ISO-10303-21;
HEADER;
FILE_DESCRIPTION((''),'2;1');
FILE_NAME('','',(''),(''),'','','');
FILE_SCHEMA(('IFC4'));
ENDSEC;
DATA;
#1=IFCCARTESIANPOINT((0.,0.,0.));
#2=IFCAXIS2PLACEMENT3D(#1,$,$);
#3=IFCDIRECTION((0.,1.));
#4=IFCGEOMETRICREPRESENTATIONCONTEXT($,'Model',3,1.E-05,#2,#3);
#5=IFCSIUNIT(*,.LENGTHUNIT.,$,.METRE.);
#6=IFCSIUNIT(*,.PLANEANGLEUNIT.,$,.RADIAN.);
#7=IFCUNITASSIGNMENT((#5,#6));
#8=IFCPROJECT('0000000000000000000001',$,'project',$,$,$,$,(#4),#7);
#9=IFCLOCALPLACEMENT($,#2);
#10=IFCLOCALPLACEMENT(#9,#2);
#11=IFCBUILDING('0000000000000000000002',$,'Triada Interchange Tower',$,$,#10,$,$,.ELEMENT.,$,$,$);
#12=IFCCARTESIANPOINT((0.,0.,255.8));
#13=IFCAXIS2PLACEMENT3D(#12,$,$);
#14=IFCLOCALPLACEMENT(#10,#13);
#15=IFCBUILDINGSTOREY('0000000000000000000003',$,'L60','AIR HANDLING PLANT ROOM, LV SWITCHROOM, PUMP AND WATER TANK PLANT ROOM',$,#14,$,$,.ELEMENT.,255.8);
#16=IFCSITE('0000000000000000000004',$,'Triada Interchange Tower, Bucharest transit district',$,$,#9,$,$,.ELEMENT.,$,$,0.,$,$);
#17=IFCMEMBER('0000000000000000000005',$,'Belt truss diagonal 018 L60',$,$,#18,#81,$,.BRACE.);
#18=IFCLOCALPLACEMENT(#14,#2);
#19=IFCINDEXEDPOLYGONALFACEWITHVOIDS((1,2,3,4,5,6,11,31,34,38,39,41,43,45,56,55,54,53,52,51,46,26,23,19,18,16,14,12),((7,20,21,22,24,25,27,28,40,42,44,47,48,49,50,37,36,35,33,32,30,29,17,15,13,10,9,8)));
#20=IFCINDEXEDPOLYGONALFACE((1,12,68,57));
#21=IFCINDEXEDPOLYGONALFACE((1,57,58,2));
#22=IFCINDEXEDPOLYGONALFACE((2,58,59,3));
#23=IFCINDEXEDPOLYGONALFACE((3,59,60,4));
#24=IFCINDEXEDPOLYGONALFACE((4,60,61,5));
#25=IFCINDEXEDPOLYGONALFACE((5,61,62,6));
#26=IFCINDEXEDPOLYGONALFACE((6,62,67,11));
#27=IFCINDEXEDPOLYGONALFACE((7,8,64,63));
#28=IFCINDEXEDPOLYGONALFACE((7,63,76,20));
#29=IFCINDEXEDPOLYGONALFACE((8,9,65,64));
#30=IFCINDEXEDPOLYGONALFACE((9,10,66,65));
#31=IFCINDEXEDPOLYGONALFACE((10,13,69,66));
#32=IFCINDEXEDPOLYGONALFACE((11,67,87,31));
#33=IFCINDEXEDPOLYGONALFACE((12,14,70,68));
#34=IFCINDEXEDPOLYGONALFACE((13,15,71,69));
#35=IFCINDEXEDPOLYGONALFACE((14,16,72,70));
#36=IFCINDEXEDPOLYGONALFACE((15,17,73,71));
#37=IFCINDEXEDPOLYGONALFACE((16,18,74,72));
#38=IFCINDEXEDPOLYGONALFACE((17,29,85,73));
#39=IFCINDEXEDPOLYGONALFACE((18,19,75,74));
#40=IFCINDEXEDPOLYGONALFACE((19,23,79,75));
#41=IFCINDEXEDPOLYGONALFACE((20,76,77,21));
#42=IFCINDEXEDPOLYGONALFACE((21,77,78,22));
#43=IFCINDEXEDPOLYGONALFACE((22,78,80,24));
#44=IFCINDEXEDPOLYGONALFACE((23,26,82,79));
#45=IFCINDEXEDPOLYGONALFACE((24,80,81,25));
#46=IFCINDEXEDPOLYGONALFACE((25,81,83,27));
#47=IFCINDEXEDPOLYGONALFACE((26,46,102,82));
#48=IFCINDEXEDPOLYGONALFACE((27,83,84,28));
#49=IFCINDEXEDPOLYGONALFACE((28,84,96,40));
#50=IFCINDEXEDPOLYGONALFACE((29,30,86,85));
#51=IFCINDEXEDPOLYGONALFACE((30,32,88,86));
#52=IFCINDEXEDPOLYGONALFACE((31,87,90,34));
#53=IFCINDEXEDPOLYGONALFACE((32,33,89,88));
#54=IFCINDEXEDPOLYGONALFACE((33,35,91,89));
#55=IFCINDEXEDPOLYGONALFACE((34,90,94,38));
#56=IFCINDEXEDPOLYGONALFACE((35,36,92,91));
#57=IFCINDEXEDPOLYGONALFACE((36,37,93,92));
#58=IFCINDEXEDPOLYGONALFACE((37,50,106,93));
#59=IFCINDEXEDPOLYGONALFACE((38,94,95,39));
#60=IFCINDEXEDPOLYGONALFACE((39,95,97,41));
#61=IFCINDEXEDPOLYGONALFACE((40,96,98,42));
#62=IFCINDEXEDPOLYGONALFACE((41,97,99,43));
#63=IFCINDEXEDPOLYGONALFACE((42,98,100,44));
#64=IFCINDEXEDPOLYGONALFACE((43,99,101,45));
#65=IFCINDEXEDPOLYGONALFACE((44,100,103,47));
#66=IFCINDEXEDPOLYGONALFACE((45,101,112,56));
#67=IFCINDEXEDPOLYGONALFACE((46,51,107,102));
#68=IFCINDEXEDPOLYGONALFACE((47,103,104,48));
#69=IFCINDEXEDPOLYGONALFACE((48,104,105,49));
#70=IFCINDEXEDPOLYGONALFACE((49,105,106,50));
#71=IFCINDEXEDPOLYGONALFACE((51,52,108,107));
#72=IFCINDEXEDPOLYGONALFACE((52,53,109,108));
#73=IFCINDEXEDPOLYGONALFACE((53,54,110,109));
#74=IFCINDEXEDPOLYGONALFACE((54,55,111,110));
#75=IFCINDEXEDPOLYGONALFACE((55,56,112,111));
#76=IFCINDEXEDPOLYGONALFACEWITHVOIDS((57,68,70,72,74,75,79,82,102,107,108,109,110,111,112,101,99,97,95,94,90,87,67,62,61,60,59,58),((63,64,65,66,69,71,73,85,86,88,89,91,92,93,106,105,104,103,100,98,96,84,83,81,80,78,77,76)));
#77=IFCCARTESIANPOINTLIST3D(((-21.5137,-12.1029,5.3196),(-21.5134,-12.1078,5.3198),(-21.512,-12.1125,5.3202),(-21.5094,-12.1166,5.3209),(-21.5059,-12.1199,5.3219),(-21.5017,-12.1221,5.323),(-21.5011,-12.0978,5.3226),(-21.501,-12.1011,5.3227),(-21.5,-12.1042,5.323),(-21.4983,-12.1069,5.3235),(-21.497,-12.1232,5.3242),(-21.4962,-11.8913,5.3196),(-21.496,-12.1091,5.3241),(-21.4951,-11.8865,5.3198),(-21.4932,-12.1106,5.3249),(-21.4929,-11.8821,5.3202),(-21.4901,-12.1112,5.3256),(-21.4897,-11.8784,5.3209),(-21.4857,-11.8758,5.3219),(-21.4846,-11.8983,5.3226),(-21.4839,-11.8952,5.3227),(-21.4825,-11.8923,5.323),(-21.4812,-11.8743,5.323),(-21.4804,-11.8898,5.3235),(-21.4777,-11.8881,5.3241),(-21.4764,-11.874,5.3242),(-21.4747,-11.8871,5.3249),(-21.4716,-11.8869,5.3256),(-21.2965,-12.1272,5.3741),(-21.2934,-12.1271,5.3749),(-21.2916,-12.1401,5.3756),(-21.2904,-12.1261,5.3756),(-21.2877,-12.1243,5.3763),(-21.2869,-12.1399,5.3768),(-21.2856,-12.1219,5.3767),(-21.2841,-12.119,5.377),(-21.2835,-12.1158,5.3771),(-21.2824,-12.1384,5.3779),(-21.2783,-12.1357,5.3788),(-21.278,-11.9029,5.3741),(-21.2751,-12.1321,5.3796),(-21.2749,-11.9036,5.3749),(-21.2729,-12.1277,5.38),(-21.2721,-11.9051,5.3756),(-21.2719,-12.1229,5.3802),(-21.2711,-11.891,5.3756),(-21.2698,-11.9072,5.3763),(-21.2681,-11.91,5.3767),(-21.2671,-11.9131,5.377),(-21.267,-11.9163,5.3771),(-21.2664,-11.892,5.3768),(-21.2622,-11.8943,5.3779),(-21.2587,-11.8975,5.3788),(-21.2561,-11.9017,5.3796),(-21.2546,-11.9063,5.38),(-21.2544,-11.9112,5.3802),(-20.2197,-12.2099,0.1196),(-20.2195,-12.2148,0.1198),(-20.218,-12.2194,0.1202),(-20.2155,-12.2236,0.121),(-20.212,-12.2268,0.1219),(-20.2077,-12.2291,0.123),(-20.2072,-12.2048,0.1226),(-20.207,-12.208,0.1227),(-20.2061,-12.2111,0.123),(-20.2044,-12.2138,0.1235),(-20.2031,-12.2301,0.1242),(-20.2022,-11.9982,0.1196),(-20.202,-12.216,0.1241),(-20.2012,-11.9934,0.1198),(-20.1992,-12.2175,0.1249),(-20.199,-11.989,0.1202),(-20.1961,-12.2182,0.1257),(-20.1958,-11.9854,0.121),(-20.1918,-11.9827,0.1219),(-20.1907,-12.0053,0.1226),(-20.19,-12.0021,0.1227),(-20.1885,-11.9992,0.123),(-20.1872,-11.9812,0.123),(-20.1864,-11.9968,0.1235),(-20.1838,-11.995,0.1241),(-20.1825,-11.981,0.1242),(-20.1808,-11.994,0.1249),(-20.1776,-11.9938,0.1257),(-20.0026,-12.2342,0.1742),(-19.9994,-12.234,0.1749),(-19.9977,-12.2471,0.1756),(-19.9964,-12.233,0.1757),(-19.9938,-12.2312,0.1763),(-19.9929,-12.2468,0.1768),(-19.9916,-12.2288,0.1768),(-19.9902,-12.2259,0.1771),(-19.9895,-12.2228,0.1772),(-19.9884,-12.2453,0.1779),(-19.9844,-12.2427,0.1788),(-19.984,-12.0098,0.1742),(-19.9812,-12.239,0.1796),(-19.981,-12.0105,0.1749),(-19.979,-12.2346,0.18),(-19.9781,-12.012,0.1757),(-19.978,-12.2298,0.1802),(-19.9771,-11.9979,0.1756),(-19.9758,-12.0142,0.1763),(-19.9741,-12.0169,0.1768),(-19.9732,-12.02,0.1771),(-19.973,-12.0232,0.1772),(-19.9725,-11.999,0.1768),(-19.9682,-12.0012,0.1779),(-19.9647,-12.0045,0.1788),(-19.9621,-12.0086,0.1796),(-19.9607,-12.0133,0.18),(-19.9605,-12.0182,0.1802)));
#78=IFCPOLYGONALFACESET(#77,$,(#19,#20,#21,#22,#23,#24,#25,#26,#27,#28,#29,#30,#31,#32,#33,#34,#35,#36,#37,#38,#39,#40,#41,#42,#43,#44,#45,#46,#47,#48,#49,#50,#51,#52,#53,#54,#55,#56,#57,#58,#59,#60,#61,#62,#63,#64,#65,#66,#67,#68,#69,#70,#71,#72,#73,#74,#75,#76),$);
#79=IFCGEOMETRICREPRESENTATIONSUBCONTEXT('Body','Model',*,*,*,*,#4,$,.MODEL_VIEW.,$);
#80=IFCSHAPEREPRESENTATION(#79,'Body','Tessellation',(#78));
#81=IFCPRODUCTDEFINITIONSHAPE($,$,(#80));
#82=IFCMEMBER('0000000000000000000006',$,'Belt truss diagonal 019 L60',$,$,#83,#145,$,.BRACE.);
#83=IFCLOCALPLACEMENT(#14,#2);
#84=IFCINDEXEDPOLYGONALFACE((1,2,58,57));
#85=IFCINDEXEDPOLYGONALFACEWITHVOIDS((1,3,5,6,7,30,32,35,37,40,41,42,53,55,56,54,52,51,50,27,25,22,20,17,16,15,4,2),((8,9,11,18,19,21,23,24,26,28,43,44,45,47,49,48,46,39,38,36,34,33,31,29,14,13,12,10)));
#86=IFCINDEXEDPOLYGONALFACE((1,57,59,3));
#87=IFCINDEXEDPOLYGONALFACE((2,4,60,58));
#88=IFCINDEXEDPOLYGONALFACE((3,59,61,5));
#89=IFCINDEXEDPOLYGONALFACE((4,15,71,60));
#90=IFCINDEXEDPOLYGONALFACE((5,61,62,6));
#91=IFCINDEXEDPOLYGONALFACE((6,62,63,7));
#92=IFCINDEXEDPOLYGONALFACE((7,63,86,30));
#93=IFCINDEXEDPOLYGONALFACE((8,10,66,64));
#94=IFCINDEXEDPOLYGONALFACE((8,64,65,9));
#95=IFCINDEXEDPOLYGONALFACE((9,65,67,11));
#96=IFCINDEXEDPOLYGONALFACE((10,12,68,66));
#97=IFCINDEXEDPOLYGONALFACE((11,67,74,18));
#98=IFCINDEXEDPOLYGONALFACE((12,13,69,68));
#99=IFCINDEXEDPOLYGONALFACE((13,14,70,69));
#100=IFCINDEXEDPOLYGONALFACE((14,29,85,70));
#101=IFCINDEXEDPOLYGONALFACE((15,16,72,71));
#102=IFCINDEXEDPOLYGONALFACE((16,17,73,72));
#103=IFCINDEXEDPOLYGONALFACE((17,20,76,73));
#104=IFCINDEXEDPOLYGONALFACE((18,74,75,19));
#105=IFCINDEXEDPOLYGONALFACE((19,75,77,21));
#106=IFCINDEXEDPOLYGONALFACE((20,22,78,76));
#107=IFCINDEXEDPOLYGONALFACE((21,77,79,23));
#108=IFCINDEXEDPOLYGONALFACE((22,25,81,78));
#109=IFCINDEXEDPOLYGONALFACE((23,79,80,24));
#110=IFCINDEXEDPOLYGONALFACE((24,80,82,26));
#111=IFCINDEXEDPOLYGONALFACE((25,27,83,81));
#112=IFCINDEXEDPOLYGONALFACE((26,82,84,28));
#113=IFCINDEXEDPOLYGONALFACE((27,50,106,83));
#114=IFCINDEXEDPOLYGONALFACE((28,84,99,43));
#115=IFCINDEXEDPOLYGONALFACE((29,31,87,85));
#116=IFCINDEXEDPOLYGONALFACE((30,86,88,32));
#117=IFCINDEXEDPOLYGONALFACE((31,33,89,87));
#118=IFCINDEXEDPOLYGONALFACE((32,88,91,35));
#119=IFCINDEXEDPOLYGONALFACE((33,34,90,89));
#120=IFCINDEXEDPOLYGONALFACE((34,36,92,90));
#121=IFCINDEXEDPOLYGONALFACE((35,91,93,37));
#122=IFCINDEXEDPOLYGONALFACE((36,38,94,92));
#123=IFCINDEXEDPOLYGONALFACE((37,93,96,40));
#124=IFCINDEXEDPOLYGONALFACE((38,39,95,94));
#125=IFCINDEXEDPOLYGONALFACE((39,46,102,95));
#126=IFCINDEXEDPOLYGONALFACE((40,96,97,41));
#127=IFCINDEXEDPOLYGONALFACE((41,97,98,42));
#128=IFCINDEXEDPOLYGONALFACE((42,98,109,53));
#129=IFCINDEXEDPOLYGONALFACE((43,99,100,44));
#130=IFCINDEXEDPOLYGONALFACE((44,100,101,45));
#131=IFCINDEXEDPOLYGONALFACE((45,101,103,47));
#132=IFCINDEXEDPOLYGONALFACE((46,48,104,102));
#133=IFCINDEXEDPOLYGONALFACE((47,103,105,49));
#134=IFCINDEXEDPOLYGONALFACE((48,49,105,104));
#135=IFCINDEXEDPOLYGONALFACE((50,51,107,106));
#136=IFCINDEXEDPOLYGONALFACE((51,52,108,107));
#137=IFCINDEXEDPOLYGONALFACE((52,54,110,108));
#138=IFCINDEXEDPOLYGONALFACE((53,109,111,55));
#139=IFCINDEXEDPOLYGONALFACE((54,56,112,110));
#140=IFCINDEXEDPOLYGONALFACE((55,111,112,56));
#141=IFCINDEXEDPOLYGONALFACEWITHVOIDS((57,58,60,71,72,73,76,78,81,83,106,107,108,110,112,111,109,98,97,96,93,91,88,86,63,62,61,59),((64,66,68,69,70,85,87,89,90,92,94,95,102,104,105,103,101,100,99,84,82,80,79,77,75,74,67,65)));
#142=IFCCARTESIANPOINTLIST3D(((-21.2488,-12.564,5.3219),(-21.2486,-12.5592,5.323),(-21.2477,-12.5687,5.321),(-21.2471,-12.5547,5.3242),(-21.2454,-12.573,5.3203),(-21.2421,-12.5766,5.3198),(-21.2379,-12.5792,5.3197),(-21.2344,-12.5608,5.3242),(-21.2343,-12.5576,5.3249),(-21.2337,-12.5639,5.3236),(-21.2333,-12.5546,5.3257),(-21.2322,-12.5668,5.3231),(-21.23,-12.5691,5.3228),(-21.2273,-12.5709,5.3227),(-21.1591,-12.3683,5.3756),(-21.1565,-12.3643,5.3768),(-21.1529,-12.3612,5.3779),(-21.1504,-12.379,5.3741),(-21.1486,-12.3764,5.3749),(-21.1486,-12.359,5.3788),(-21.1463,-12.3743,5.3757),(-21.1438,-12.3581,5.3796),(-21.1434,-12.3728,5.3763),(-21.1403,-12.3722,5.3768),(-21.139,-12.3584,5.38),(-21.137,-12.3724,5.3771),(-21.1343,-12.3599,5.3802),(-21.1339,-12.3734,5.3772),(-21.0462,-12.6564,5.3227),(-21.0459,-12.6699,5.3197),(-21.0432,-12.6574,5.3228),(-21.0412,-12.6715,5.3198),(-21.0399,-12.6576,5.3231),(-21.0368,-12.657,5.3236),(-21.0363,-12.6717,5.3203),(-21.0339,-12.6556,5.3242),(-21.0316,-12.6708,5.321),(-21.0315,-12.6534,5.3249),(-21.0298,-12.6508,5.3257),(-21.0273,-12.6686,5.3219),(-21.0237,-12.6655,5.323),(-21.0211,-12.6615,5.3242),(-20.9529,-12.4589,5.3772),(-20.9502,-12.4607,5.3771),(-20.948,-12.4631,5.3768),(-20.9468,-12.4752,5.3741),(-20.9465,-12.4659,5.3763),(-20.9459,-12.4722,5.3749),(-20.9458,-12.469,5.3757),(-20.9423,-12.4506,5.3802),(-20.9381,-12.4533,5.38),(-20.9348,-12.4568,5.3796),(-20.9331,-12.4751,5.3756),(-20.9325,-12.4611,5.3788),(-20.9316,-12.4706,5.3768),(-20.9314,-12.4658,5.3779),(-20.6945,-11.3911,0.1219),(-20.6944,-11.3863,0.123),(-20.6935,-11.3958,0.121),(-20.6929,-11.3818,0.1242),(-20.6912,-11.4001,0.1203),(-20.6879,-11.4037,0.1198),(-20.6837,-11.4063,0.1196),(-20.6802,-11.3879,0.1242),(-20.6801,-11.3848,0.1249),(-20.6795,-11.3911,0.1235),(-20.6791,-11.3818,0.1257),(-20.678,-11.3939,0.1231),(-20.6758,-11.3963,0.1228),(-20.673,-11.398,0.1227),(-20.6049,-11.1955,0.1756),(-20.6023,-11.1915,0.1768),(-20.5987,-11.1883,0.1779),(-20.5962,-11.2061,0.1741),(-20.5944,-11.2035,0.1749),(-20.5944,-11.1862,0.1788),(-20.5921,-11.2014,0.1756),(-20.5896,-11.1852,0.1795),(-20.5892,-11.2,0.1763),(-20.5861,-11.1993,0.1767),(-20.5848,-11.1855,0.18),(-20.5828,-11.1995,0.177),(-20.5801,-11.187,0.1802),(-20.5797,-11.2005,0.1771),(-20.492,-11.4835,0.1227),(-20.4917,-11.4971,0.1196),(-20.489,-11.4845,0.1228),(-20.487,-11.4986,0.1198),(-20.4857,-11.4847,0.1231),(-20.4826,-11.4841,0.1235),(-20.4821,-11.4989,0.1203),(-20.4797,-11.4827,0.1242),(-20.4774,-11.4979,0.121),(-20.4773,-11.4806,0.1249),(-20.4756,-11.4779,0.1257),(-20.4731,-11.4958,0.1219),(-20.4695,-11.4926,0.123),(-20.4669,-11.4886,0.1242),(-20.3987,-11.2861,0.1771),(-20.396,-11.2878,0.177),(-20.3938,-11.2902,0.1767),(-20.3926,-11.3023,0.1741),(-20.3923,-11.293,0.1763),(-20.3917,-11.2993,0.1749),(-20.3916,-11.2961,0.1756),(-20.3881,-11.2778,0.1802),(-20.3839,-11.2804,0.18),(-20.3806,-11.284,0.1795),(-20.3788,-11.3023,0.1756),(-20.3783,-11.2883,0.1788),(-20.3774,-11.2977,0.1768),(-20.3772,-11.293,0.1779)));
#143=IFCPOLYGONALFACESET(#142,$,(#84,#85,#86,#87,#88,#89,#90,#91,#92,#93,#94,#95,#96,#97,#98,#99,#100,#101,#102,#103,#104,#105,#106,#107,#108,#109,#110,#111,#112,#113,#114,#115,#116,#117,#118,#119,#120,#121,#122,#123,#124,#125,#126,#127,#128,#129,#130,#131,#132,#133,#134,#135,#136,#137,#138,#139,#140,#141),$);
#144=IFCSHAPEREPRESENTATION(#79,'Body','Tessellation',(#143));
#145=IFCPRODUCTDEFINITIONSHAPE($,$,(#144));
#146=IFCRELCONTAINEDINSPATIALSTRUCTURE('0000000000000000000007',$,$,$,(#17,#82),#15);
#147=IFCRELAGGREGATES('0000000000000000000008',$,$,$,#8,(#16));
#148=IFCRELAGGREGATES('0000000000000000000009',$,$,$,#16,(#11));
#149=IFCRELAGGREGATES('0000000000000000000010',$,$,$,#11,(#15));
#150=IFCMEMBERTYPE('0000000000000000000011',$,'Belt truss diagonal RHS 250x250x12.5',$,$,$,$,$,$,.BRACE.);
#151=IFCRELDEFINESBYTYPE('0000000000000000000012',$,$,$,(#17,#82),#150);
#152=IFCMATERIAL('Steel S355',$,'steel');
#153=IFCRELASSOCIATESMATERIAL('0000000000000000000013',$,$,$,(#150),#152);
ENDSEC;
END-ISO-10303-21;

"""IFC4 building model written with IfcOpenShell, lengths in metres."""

from ifc_helpers import new_model, si_unit, direction, frame, origin, origin_2d, place, context, subcontext, project, spatial, hollow_rectangle, extrude, material, material_profile, profile_set, type_object, element, save


model = new_model("IFC4")

# Units and contexts
model_context = context("Model", 3, precision=1e-05, world=origin(), true_north=direction((0.0, 1.0)))
body_context = subcontext(model_context, "Body", "Model", "MODEL_VIEW")
ifc_project = project(units=[si_unit("LENGTHUNIT", "METRE"), si_unit("PLANEANGLEUNIT", "RADIAN")], contexts=[model_context])

# Site, building, storey
site_placement = place(None, origin())
site = spatial("IfcSite", under=ifc_project, at=site_placement, Name="Triada Interchange Tower, Bucharest transit district", CompositionType="ELEMENT", RefElevation=0.0)
building_placement = place(site_placement, origin())
building = spatial("IfcBuilding", under=site, at=building_placement, Name="Triada Interchange Tower", CompositionType="ELEMENT")
storey_placement = place(building_placement, frame((0.0, 0.0, 255.8)))
storey = spatial("IfcBuildingStorey", under=building, at=storey_placement, Name="L60", Description="AIR HANDLING PLANT ROOM, LV SWITCHROOM, PUMP AND WATER TANK PLANT ROOM", CompositionType="ELEMENT", Elevation=255.8)

# Members
ifc_material_1 = material(Name="Steel S355", Category="steel")
ifc_material_profile_1 = material_profile(ifc_material_1, hollow_rectangle(XDim=0.25, YDim=0.25, WallThickness=0.0125, InnerFilletRadius=0.0125, OuterFilletRadius=0.0188, at=origin_2d()), Name="RHS 250x250x12.5")
ifc_profile_set_1 = profile_set([ifc_material_profile_1], Name="Steel S355")
member_type = type_object("IfcMemberType", Name="Belt truss diagonal RHS 250x250x12.5", PredefinedType="BRACE", material=ifc_profile_set_1)
member_1_placement = place(storey_placement, frame((-20.0901, -12.114, 0.1499), z_axis=(-0.241426, 0.019952, 0.970214), x_axis=(-0.082361, -0.996603, 0.0)))
element("IfcMember", 1, at=member_1_placement, inside=storey, type_object=member_type, Name="Belt truss diagonal 018 L60", PredefinedType="BRACE", context=body_context, shape_type="SweptSolid", body=[
    extrude(hollow_rectangle(XDim=0.25, YDim=0.25, WallThickness=0.0125, InnerFilletRadius=0.0125, OuterFilletRadius=0.0188, at=origin_2d()), origin(), (0.0, 0.0, 1.0), 5.3596),
])
member_2_placement = place(storey_placement, frame((-20.5359, -11.342, 0.1499), z_axis=(-0.103409, -0.218844, 0.970265), x_axis=(0.904144, -0.427229, 0.0)))
element("IfcMember", 2, at=member_2_placement, inside=storey, type_object=member_type, Name="Belt truss diagonal 019 L60", PredefinedType="BRACE", context=body_context, shape_type="SweptSolid", body=[
    extrude(hollow_rectangle(XDim=0.25, YDim=0.25, WallThickness=0.0125, InnerFilletRadius=0.0125, OuterFilletRadius=0.0188, at=origin_2d()), origin(), (0.0, 0.0, 1.0), 5.3594),
])

save(model, "model.ifc")
